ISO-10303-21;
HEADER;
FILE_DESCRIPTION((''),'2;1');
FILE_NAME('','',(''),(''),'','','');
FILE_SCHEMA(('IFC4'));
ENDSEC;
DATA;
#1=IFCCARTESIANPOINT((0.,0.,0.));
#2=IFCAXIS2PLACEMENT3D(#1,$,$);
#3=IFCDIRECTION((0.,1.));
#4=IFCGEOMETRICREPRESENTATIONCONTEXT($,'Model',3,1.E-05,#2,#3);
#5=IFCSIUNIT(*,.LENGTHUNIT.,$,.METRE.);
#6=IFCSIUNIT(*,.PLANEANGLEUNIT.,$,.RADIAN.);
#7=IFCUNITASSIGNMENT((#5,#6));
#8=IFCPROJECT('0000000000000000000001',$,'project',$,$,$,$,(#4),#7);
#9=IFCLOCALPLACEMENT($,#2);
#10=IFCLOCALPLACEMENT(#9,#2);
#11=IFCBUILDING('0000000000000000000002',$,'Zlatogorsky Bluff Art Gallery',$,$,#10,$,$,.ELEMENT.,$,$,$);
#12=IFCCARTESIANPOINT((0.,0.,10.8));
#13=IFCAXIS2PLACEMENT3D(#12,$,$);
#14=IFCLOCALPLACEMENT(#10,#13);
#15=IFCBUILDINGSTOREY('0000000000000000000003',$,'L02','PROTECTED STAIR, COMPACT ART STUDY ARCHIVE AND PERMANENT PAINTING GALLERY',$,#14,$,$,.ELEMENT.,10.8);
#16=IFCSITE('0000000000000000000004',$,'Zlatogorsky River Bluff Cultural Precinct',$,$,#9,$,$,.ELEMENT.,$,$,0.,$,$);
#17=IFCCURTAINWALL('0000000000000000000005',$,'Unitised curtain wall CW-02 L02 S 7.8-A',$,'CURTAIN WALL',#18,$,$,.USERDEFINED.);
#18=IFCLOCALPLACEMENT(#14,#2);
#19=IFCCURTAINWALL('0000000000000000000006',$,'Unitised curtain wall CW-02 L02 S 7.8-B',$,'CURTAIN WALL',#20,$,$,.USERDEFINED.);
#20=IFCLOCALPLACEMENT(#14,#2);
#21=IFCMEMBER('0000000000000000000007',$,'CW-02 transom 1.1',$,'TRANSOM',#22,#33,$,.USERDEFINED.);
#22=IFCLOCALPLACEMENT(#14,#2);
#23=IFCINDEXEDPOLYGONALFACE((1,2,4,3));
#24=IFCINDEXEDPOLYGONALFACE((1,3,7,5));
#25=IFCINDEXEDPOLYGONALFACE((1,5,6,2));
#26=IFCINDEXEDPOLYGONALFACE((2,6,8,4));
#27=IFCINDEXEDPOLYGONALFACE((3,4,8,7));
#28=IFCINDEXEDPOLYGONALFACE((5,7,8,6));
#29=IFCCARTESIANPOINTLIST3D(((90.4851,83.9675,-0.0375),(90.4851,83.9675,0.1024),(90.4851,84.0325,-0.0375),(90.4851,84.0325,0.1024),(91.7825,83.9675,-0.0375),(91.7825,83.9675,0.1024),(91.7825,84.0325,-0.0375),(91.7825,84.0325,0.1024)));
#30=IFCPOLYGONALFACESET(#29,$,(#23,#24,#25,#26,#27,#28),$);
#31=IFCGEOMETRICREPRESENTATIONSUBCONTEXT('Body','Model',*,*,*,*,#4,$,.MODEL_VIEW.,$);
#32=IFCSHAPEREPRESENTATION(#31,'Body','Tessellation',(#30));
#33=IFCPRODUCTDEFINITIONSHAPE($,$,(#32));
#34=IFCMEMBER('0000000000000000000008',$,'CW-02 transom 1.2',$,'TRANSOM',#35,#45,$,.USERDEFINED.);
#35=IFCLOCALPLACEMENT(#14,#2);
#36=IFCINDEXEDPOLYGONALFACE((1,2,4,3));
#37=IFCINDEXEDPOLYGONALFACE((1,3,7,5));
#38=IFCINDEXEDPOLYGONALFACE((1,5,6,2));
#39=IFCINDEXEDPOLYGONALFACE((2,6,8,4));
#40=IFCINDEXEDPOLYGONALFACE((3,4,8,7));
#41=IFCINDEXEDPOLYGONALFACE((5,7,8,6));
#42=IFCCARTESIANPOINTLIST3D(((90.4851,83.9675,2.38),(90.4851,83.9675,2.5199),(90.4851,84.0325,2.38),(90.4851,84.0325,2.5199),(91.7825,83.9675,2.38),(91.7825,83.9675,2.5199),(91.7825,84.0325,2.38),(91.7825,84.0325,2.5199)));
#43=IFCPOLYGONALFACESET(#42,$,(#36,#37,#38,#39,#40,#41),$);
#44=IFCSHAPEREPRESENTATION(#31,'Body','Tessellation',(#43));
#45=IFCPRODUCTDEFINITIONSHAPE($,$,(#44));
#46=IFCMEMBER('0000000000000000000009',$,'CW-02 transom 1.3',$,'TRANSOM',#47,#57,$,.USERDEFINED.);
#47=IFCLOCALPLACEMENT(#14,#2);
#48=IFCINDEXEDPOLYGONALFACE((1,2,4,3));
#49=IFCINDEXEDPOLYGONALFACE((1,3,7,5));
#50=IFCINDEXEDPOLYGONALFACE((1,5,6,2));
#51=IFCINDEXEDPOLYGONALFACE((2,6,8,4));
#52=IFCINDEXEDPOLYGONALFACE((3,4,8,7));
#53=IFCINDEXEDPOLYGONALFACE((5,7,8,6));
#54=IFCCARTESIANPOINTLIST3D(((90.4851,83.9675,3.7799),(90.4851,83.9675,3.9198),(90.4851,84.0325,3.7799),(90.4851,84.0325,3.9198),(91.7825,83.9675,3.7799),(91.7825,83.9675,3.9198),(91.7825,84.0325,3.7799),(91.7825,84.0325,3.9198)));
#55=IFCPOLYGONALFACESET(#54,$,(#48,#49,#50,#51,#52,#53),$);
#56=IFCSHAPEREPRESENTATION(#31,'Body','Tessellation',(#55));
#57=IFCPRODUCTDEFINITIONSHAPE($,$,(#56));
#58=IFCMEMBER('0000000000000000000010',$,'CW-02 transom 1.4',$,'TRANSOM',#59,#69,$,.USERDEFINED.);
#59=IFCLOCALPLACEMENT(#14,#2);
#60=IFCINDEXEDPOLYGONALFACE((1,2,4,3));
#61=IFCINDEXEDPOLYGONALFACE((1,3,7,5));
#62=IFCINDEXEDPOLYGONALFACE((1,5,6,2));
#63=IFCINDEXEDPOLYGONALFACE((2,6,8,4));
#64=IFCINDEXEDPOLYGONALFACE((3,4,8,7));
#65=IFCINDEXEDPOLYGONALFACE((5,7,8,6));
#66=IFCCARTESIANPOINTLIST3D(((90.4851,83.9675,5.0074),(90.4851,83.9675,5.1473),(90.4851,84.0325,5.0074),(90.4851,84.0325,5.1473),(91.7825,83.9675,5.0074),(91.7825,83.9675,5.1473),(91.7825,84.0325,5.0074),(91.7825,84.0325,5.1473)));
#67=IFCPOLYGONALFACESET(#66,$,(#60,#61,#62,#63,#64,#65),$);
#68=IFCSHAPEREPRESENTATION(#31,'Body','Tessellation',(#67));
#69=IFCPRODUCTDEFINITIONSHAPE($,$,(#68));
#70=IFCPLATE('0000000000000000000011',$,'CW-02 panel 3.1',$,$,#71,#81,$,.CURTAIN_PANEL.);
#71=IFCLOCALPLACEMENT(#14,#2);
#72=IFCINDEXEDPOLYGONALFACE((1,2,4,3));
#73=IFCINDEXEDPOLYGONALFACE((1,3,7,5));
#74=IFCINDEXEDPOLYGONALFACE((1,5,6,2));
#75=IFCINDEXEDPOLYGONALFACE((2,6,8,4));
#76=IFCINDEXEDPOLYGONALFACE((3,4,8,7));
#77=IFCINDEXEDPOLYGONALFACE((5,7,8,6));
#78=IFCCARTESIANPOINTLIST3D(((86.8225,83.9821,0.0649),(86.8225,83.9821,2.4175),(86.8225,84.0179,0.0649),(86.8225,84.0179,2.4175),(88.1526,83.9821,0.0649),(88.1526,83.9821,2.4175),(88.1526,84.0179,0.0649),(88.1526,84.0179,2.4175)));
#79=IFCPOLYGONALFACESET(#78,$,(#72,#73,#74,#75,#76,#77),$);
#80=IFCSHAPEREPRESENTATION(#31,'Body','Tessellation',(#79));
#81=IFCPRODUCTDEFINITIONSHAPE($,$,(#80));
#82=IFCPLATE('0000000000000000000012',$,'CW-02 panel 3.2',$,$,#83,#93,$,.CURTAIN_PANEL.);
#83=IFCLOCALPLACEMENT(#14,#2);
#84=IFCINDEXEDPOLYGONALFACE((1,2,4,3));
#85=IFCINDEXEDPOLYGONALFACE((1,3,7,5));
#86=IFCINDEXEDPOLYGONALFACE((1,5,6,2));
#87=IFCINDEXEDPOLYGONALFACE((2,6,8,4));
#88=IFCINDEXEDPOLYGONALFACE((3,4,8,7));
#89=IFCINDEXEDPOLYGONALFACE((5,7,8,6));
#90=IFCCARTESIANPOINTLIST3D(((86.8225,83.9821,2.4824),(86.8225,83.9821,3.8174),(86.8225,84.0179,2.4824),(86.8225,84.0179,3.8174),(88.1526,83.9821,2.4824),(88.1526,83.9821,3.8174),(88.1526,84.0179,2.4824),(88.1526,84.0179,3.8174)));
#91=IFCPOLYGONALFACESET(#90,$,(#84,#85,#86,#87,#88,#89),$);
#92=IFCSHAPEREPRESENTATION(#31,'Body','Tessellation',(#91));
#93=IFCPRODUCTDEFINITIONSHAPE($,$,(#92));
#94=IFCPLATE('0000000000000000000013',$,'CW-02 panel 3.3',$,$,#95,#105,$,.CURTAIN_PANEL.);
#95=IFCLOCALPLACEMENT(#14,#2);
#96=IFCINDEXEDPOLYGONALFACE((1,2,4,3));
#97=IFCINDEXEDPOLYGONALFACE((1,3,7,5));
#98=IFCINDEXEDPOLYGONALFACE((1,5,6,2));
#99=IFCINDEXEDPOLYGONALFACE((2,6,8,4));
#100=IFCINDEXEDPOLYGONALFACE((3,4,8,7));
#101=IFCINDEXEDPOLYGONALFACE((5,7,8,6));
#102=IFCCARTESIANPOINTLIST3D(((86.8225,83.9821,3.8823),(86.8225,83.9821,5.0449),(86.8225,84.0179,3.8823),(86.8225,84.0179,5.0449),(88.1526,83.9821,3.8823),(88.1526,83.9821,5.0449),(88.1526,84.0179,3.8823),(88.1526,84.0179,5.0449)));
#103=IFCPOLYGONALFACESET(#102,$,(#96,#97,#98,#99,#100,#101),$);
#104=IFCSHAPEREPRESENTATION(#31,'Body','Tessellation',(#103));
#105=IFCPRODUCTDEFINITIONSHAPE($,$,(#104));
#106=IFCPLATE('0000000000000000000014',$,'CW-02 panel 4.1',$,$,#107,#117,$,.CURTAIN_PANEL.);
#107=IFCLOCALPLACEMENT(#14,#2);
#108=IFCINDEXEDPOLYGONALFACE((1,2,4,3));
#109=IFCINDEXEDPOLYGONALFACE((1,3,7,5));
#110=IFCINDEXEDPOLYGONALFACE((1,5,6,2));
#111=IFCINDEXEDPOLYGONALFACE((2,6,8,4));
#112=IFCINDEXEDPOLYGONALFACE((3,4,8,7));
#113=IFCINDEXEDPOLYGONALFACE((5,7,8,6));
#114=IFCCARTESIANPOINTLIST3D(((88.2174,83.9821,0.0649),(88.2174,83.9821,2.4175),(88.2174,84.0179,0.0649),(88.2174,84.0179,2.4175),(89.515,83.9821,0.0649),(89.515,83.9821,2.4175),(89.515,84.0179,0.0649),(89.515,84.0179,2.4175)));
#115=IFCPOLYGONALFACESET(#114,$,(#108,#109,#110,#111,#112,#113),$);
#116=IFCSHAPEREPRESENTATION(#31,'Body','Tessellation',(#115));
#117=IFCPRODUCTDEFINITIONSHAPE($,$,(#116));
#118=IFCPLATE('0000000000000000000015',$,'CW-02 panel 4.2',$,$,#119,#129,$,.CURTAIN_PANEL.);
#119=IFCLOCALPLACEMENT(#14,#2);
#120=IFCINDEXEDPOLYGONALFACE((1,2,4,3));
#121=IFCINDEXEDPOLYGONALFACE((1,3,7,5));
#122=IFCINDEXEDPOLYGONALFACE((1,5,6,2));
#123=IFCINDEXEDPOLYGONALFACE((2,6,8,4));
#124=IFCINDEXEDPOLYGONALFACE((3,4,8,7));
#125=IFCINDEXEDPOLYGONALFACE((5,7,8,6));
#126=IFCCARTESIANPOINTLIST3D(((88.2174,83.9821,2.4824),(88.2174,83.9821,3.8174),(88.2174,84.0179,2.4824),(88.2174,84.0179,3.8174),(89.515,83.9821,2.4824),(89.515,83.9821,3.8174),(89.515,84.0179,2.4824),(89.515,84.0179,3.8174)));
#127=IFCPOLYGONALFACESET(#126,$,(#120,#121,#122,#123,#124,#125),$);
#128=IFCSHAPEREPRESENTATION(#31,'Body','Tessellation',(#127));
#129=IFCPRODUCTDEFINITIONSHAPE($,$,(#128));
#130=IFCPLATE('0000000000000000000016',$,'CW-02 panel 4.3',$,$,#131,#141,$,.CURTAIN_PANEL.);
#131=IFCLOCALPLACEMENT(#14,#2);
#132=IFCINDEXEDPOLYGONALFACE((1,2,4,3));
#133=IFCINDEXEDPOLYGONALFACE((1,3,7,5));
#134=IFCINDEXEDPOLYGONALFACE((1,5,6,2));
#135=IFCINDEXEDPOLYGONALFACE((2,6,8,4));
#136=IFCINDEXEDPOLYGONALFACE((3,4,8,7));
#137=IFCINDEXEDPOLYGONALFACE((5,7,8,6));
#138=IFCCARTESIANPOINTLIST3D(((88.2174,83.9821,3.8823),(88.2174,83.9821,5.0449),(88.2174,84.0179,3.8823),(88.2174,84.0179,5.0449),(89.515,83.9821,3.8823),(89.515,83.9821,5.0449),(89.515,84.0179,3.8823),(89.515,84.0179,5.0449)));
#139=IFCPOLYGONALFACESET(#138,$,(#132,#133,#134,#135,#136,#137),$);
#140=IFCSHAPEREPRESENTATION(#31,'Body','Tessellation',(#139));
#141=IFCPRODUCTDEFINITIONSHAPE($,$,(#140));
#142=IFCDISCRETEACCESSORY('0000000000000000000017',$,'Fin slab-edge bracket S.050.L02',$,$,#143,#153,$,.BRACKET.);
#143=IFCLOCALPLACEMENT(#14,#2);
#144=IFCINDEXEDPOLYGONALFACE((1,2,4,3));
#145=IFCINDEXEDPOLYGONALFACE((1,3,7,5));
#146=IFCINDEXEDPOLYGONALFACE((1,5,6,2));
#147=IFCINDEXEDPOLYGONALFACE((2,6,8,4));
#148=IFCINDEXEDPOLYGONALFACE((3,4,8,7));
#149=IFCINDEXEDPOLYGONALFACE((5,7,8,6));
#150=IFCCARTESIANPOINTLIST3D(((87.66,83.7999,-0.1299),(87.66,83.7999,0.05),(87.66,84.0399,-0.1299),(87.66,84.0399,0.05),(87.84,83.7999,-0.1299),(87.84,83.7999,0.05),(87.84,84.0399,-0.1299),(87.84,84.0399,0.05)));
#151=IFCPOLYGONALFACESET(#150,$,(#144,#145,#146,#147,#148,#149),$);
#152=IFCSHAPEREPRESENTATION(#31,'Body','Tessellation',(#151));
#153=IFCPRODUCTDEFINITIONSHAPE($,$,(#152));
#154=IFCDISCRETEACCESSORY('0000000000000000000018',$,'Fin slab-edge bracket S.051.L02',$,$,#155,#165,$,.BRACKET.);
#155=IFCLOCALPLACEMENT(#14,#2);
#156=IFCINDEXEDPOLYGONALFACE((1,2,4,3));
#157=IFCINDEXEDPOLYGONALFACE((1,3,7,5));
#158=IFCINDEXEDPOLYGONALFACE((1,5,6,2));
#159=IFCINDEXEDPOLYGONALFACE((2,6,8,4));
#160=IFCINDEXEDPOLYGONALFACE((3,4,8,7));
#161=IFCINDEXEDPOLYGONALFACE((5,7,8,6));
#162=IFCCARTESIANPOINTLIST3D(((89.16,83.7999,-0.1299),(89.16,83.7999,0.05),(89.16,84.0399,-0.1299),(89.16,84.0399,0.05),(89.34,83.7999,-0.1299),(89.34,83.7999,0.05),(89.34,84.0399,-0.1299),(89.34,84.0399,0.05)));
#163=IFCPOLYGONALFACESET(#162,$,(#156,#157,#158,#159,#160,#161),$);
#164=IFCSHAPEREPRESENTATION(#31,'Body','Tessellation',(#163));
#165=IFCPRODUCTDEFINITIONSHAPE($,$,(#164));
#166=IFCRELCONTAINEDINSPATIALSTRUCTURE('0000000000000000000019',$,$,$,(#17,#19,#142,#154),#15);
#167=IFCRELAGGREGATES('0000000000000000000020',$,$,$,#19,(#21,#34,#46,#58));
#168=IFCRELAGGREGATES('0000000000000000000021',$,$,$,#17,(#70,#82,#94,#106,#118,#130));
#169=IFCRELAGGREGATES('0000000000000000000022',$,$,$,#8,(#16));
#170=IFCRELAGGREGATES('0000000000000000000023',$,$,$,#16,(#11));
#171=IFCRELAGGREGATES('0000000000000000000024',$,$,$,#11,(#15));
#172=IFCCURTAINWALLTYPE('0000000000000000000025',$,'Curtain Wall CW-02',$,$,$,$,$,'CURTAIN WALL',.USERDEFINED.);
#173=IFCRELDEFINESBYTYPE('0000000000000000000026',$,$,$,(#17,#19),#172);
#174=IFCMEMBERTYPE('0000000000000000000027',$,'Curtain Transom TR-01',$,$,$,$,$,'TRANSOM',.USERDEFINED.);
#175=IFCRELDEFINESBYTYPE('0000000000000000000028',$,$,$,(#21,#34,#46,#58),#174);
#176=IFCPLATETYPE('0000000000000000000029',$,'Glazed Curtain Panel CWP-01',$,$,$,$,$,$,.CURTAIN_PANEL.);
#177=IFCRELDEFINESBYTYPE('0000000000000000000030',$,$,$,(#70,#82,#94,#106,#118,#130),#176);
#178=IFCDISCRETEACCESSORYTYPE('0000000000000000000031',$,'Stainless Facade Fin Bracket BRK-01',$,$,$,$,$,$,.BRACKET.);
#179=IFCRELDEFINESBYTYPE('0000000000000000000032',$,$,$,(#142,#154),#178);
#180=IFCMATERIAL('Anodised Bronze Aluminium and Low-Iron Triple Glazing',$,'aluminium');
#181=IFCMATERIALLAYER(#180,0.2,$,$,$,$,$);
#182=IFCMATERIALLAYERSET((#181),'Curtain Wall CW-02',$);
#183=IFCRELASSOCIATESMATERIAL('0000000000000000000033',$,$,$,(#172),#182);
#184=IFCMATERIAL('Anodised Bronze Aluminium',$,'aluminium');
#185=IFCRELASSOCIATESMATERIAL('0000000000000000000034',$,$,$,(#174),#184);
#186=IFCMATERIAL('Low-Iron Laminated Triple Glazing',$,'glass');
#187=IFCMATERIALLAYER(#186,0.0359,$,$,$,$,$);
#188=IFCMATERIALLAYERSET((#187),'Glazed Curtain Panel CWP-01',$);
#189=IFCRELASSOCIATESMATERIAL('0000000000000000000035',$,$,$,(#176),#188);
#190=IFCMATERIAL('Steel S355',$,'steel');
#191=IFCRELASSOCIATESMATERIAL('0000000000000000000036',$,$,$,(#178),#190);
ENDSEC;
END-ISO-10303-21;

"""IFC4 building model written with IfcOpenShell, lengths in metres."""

from ifc_helpers import new_model, si_unit, direction, frame, origin, origin_2d, place, context, subcontext, project, spatial, rectangle, extrude, material, layer, layer_set, material_profile, profile_set, type_object, element, aggregate, save


model = new_model("IFC4")

# Units and contexts
model_context = context("Model", 3, precision=1e-05, world=origin(), true_north=direction((0.0, 1.0)))
body_context = subcontext(model_context, "Body", "Model", "MODEL_VIEW")
ifc_project = project(units=[si_unit("LENGTHUNIT", "METRE"), si_unit("PLANEANGLEUNIT", "RADIAN")], contexts=[model_context])

# Site, building, storey
site_placement = place(None, origin())
site = spatial("IfcSite", under=ifc_project, at=site_placement, Name="Zlatogorsky River Bluff Cultural Precinct", CompositionType="ELEMENT", RefElevation=0.0)
building_placement = place(site_placement, origin())
building = spatial("IfcBuilding", under=site, at=building_placement, Name="Zlatogorsky Bluff Art Gallery", CompositionType="ELEMENT")
storey_placement = place(building_placement, frame((0.0, 0.0, 10.8)))
storey = spatial("IfcBuildingStorey", under=building, at=storey_placement, Name="L02", Description="PROTECTED STAIR, COMPACT ART STUDY ARCHIVE AND PERMANENT PAINTING GALLERY", CompositionType="ELEMENT", Elevation=10.8)

# Shared definitions
ifc_material_1 = material(Name="Steel S355", Category="steel")

# Curtain wall
ifc_material_2 = material(Name="Anodised Bronze Aluminium and Low-Iron Triple Glazing", Category="aluminium")
ifc_layer_1 = layer(ifc_material_2, 0.2)
ifc_layer_set_1 = layer_set([ifc_layer_1], Name="Curtain Wall CW-02")
curtain_wall_type = type_object("IfcCurtainWallType", Name="Curtain Wall CW-02", ElementType="CURTAIN WALL", PredefinedType="USERDEFINED", material=ifc_layer_set_1)
curtain_wall_1_placement = place(storey_placement, origin())
curtain_wall_1 = element("IfcCurtainWall", 1, at=curtain_wall_1_placement, inside=storey, type_object=curtain_wall_type, Name="Unitised curtain wall CW-02 L02 S 7.8-A", ObjectType="CURTAIN WALL", PredefinedType="USERDEFINED")
ifc_material_3 = material(Name="Anodised Bronze Aluminium", Category="aluminium")

# Curtain wall
curtain_wall_2_placement = place(storey_placement, origin())
curtain_wall_2 = element("IfcCurtainWall", 2, at=curtain_wall_2_placement, inside=storey, type_object=curtain_wall_type, Name="Unitised curtain wall CW-02 L02 S 7.8-B", ObjectType="CURTAIN WALL", PredefinedType="USERDEFINED")

# Members
ifc_material_profile_1 = material_profile(ifc_material_3, rectangle(XDim=0.0649, YDim=0.1399, at=origin_2d()), Name="ALU TRANSOM 65x140")
ifc_profile_set_1 = profile_set([ifc_material_profile_1], Name="Anodised Bronze Aluminium")
member_type_1 = type_object("IfcMemberType", Name="Curtain Transom TR-01", ElementType="TRANSOM", PredefinedType="USERDEFINED", material=ifc_profile_set_1)
member_1_placement = place(storey_placement, frame((90.4851, 84.0, 0.0325), z_axis=(1.0, 0.0, 0.0), x_axis=(0.0, 1.0, 0.0)))
member_1 = element("IfcMember", 3, at=member_1_placement, type_object=member_type_1, Name="CW-02 transom 1.1", ObjectType="TRANSOM", PredefinedType="USERDEFINED", context=body_context, shape_type="SweptSolid", body=[
    extrude(rectangle(XDim=0.0649, YDim=0.1399, at=origin_2d()), origin(), (0.0, 0.0, 1.0), 1.2974),
])
member_2_placement = place(storey_placement, frame((90.4851, 84.0, 2.45), z_axis=(1.0, 0.0, 0.0), x_axis=(0.0, 1.0, 0.0)))
member_2 = element("IfcMember", 4, at=member_2_placement, type_object=member_type_1, Name="CW-02 transom 1.2", ObjectType="TRANSOM", PredefinedType="USERDEFINED", context=body_context, shape_type="SweptSolid", body=[
    extrude(rectangle(XDim=0.0649, YDim=0.1399, at=origin_2d()), origin(), (0.0, 0.0, 1.0), 1.2974),
])
member_3_placement = place(storey_placement, frame((90.4851, 84.0, 3.8499), z_axis=(1.0, 0.0, 0.0), x_axis=(0.0, 1.0, 0.0)))
member_3 = element("IfcMember", 5, at=member_3_placement, type_object=member_type_1, Name="CW-02 transom 1.3", ObjectType="TRANSOM", PredefinedType="USERDEFINED", context=body_context, shape_type="SweptSolid", body=[
    extrude(rectangle(XDim=0.0649, YDim=0.1399, at=origin_2d()), origin(), (0.0, 0.0, 1.0), 1.2974),
])
member_4_placement = place(storey_placement, frame((90.4851, 84.0, 5.0774), z_axis=(1.0, 0.0, 0.0), x_axis=(0.0, 1.0, 0.0)))
member_4 = element("IfcMember", 6, at=member_4_placement, type_object=member_type_1, Name="CW-02 transom 1.4", ObjectType="TRANSOM", PredefinedType="USERDEFINED", context=body_context, shape_type="SweptSolid", body=[
    extrude(rectangle(XDim=0.0649, YDim=0.1399, at=origin_2d()), origin(), (0.0, 0.0, 1.0), 1.2974),
])
aggregate(curtain_wall_2, [member_1, member_2, member_3, member_4])

# Plates
ifc_material_4 = material(Name="Low-Iron Laminated Triple Glazing", Category="glass")
ifc_layer_2 = layer(ifc_material_4, 0.0359)
ifc_layer_set_2 = layer_set([ifc_layer_2], Name="Glazed Curtain Panel CWP-01")
plate_type = type_object("IfcPlateType", Name="Glazed Curtain Panel CWP-01", PredefinedType="CURTAIN_PANEL", material=ifc_layer_set_2)
plate_1_placement = place(storey_placement, frame((87.4875, 84.0, 0.0649), z_axis=(0.0, 0.0, 1.0), x_axis=(1.0, 0.0, 0.0)))
plate_1 = element("IfcPlate", 7, at=plate_1_placement, type_object=plate_type, Name="CW-02 panel 3.1", PredefinedType="CURTAIN_PANEL", context=body_context, shape_type="SweptSolid", body=[
    extrude(rectangle(XDim=1.3301, YDim=0.0359, at=origin_2d()), origin(), (0.0, 0.0, 1.0), 2.3525),
])
plate_2_placement = place(storey_placement, frame((87.4875, 84.0, 2.4824), z_axis=(0.0, 0.0, 1.0), x_axis=(1.0, 0.0, 0.0)))
plate_2 = element("IfcPlate", 8, at=plate_2_placement, type_object=plate_type, Name="CW-02 panel 3.2", PredefinedType="CURTAIN_PANEL", context=body_context, shape_type="SweptSolid", body=[
    extrude(rectangle(XDim=1.3301, YDim=0.0359, at=origin_2d()), origin(), (0.0, 0.0, 1.0), 1.335),
])
plate_3_placement = place(storey_placement, frame((87.4875, 84.0, 3.8823), z_axis=(0.0, 0.0, 1.0), x_axis=(1.0, 0.0, 0.0)))
plate_3 = element("IfcPlate", 9, at=plate_3_placement, type_object=plate_type, Name="CW-02 panel 3.3", PredefinedType="CURTAIN_PANEL", context=body_context, shape_type="SweptSolid", body=[
    extrude(rectangle(XDim=1.3301, YDim=0.0359, at=origin_2d()), origin(), (0.0, 0.0, 1.0), 1.1626),
])
plate_4_placement = place(storey_placement, frame((88.8662, 84.0, 0.0649), z_axis=(0.0, 0.0, 1.0), x_axis=(1.0, 0.0, 0.0)))
plate_4 = element("IfcPlate", 10, at=plate_4_placement, type_object=plate_type, Name="CW-02 panel 4.1", PredefinedType="CURTAIN_PANEL", context=body_context, shape_type="SweptSolid", body=[
    extrude(rectangle(XDim=1.2976, YDim=0.0359, at=origin_2d()), origin(), (0.0, 0.0, 1.0), 2.3525),
])
plate_5_placement = place(storey_placement, frame((88.8662, 84.0, 2.4824), z_axis=(0.0, 0.0, 1.0), x_axis=(1.0, 0.0, 0.0)))
plate_5 = element("IfcPlate", 11, at=plate_5_placement, type_object=plate_type, Name="CW-02 panel 4.2", PredefinedType="CURTAIN_PANEL", context=body_context, shape_type="SweptSolid", body=[
    extrude(rectangle(XDim=1.2976, YDim=0.0359, at=origin_2d()), origin(), (0.0, 0.0, 1.0), 1.335),
])
plate_6_placement = place(storey_placement, frame((88.8662, 84.0, 3.8823), z_axis=(0.0, 0.0, 1.0), x_axis=(1.0, 0.0, 0.0)))
plate_6 = element("IfcPlate", 12, at=plate_6_placement, type_object=plate_type, Name="CW-02 panel 4.3", PredefinedType="CURTAIN_PANEL", context=body_context, shape_type="SweptSolid", body=[
    extrude(rectangle(XDim=1.2976, YDim=0.0359, at=origin_2d()), origin(), (0.0, 0.0, 1.0), 1.1626),
])
aggregate(curtain_wall_1, [plate_1, plate_2, plate_3, plate_4, plate_5, plate_6])

# Discrete accessories
discrete_accessory_type = type_object("IfcDiscreteAccessoryType", Name="Stainless Facade Fin Bracket BRK-01", PredefinedType="BRACKET", material=ifc_material_1)
for number, where, z_axis, x_axis, name in (
    (13, (87.75, 83.9199, -0.1299), (0.0, 0.0, 1.0), (1.0, 0.0, 0.0), "Fin slab-edge bracket S.050.L02"),
    (14, (89.25, 83.9199, -0.1299), (0.0, 0.0, 1.0), (1.0, 0.0, 0.0), "Fin slab-edge bracket S.051.L02"),
):
    element("IfcDiscreteAccessory", number, at=place(storey_placement, frame(where, z_axis=z_axis, x_axis=x_axis)), inside=storey, type_object=discrete_accessory_type, Name=name, PredefinedType="BRACKET", context=body_context, shape_type="SweptSolid", body=[
        extrude(rectangle(XDim=0.1799, YDim=0.24, at=origin_2d()), origin(), (0.0, 0.0, 1.0), 0.1799),
    ])

save(model, "model.ifc")
